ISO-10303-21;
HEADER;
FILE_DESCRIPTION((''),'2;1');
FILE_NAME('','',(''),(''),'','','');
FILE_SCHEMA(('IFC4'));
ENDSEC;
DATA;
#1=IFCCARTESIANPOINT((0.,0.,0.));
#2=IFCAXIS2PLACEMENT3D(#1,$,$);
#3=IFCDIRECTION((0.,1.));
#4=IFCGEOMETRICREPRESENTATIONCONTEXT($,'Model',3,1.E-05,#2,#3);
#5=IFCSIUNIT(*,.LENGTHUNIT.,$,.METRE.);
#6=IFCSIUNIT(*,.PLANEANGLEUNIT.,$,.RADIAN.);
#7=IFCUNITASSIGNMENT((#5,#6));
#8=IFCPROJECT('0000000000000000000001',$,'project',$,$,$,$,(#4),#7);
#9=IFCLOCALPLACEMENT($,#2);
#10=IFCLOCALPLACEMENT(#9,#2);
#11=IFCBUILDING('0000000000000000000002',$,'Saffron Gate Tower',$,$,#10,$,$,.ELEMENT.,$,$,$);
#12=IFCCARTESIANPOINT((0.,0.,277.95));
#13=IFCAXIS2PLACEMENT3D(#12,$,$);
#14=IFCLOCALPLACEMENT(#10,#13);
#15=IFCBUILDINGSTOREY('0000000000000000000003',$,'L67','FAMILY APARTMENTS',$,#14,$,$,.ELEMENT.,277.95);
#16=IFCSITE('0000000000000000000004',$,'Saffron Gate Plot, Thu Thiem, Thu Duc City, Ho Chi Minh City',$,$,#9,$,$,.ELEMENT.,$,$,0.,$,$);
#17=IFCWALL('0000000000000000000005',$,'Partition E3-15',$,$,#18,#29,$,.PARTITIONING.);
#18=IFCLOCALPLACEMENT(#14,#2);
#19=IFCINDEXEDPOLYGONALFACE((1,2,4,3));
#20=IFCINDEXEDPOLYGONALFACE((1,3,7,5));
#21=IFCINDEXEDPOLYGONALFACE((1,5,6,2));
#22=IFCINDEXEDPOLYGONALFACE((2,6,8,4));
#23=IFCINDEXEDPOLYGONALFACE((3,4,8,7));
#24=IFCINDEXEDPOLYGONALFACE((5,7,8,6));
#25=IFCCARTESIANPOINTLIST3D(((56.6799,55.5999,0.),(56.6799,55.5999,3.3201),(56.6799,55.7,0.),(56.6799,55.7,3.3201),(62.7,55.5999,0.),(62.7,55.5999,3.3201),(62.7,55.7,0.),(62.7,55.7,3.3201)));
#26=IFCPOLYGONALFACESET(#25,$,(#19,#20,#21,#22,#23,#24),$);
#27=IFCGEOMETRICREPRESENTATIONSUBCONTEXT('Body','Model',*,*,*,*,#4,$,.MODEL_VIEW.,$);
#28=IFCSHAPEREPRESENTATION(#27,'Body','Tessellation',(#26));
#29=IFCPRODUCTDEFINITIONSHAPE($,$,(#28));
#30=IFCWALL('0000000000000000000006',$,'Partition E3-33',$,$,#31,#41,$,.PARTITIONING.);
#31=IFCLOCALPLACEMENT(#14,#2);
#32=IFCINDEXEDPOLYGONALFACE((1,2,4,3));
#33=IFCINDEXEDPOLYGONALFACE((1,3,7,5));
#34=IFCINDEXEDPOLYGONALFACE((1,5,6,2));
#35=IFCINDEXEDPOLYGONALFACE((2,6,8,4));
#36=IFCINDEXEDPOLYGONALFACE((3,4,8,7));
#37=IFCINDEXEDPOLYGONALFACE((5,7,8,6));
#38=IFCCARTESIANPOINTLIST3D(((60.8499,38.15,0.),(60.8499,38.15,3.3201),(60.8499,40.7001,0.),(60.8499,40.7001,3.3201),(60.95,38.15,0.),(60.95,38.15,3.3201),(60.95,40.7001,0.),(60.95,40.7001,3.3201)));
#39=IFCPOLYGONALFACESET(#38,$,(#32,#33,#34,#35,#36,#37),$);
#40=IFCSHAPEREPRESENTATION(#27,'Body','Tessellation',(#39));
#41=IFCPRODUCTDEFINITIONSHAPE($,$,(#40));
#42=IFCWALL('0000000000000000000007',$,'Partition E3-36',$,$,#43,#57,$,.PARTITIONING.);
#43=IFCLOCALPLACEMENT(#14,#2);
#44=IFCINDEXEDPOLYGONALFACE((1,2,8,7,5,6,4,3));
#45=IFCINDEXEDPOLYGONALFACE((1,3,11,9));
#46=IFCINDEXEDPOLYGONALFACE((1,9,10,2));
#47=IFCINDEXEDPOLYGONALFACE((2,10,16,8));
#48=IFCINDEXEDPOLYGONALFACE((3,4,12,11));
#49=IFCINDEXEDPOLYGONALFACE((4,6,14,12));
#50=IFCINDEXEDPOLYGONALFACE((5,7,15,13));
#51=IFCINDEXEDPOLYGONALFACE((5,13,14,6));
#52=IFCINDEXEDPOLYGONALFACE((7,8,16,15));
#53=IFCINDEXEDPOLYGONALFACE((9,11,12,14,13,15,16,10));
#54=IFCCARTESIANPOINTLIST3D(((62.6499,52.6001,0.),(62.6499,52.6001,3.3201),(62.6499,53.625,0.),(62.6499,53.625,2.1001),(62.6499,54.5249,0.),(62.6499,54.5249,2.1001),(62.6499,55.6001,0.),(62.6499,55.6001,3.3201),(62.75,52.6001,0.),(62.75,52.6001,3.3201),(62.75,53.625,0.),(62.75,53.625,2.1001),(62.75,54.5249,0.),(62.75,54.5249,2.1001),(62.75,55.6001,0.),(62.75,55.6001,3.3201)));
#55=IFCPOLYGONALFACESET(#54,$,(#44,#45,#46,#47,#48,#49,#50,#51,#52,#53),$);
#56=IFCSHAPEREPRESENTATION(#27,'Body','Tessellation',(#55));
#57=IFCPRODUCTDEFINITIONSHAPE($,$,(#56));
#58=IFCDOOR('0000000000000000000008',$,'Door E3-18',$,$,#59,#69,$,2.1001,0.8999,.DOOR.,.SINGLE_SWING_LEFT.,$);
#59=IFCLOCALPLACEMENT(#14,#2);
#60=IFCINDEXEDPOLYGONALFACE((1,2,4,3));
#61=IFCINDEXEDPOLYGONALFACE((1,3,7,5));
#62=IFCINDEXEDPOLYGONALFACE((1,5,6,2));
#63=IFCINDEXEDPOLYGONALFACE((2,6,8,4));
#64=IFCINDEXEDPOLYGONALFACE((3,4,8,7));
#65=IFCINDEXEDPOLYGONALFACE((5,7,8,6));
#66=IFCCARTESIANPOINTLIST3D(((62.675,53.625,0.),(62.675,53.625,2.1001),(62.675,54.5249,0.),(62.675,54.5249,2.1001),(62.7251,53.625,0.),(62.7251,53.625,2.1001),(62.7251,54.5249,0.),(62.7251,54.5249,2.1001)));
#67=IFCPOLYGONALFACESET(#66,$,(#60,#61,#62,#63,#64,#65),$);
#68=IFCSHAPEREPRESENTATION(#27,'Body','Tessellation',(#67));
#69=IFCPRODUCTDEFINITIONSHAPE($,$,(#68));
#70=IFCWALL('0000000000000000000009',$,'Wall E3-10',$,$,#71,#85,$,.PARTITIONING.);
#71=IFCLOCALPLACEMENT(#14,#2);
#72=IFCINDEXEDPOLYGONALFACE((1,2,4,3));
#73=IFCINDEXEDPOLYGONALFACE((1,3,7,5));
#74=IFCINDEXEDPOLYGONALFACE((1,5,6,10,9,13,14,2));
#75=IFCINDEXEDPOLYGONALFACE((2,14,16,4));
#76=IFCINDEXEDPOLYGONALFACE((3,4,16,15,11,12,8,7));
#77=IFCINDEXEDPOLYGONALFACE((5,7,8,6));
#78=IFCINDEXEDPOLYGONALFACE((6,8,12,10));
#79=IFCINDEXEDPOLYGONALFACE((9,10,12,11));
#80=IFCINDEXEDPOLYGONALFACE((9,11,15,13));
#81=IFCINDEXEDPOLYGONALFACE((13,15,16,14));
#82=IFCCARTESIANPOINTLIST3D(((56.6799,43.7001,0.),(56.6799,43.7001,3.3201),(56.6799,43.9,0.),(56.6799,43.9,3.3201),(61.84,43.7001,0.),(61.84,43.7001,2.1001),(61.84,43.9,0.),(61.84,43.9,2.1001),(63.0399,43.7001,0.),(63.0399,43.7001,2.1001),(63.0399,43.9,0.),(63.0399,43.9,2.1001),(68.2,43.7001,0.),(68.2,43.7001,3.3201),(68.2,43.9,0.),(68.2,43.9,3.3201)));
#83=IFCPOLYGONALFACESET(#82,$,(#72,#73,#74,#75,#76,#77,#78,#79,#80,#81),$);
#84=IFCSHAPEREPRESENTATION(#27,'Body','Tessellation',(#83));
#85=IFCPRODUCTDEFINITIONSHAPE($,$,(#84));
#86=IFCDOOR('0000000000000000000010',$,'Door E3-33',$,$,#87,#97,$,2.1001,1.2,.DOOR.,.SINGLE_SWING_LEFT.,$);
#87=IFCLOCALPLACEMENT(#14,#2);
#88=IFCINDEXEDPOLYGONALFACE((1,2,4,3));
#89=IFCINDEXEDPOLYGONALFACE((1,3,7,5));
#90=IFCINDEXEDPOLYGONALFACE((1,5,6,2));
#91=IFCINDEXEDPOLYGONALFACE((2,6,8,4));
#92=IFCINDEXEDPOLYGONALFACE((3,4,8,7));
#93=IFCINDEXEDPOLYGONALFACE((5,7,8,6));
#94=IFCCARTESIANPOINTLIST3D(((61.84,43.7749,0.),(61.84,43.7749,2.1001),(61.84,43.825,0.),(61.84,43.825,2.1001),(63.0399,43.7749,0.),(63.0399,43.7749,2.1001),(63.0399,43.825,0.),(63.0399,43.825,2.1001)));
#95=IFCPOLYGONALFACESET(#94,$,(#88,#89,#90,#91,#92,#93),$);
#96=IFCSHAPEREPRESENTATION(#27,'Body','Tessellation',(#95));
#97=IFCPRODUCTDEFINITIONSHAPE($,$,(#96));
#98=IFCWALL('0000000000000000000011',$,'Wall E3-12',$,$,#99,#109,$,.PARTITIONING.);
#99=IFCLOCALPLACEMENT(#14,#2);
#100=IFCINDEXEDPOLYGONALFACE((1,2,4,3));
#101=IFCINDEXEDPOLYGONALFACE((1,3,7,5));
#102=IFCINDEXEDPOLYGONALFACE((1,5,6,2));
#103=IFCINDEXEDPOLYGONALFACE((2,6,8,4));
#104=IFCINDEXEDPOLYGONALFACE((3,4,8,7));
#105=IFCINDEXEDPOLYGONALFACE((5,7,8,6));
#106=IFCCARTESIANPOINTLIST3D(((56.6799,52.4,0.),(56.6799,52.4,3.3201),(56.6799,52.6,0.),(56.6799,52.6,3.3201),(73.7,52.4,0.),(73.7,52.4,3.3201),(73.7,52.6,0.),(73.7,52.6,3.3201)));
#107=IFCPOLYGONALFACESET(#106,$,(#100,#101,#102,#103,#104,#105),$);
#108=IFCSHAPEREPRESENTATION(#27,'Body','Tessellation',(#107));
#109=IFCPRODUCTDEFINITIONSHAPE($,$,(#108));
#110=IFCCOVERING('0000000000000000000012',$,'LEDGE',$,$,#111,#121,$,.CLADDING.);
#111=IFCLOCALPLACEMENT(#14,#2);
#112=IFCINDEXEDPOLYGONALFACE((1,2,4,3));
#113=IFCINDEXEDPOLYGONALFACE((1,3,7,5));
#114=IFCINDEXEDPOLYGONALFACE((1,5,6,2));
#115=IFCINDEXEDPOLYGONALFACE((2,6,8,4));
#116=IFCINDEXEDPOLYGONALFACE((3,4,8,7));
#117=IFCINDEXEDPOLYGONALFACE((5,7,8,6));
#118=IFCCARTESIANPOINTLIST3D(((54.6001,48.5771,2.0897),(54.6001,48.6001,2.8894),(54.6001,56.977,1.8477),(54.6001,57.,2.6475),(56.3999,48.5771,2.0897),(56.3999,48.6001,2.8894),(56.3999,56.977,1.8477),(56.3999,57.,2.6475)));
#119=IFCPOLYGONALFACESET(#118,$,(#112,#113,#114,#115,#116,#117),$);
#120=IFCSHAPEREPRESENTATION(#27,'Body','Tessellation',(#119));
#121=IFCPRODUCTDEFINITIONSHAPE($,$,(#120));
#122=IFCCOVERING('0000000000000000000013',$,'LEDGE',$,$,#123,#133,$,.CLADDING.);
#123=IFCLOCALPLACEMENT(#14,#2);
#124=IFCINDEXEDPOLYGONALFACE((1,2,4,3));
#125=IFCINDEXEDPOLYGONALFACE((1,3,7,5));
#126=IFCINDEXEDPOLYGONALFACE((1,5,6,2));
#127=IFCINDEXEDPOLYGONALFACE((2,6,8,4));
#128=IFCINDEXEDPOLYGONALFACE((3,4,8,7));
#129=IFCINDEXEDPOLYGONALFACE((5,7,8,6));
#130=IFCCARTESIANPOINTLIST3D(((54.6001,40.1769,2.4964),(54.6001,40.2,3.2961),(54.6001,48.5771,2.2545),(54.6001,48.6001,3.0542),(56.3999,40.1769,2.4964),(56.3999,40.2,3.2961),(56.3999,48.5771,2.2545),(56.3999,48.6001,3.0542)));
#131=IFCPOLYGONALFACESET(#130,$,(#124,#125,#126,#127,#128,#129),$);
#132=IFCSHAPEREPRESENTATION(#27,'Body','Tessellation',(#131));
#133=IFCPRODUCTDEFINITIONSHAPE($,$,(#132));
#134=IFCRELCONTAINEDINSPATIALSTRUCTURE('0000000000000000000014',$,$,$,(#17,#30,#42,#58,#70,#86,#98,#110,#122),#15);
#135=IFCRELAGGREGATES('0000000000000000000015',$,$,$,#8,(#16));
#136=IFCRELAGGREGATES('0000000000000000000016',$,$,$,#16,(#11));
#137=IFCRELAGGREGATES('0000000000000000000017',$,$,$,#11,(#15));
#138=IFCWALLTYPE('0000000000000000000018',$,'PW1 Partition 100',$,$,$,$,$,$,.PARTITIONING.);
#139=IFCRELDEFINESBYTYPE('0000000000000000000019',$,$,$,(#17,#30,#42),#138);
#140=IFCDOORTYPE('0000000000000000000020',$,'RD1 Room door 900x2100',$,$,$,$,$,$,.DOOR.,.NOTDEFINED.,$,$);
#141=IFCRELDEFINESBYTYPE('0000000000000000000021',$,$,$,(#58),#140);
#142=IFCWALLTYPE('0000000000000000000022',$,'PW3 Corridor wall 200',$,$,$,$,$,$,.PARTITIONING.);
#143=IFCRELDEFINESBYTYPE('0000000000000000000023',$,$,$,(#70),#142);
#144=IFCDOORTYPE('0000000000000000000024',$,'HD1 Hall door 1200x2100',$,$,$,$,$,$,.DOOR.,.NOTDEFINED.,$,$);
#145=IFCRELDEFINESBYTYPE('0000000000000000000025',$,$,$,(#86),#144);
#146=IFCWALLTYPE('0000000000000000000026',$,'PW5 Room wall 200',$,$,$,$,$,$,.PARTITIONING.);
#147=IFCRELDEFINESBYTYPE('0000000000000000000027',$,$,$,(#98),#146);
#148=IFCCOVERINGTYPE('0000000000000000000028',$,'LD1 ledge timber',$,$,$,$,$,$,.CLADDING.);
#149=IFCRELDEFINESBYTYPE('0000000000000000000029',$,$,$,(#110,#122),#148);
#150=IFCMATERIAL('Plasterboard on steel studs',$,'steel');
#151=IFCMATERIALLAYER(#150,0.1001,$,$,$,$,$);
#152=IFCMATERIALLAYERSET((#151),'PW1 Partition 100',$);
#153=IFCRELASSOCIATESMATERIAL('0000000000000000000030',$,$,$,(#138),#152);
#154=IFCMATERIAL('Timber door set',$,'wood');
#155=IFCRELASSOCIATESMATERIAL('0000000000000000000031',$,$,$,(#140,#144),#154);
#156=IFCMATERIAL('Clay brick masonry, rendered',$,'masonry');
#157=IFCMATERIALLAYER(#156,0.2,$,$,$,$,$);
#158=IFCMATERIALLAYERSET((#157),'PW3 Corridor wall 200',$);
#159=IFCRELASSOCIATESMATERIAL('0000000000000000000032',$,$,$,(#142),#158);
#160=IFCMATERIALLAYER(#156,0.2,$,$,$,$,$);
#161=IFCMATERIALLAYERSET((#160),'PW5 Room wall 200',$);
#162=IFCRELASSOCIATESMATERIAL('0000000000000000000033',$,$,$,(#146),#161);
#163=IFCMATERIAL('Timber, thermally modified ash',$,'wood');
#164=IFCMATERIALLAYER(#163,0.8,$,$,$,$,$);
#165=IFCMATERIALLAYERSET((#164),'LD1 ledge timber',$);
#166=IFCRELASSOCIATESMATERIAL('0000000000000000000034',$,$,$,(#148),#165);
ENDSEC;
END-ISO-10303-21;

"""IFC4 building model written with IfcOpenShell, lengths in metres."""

from ifc_helpers import new_model, si_unit, direction, frame, frame_2d, origin, place, context, subcontext, project, spatial, polyline, rectangle, outline, extrude, material, layer, layer_set, type_object, element, fill, save


model = new_model("IFC4")

# Units and contexts
model_context = context("Model", 3, precision=1e-05, world=origin(), true_north=direction((0.0, 1.0)))
body_context = subcontext(model_context, "Body", "Model", "MODEL_VIEW")
ifc_project = project(units=[si_unit("LENGTHUNIT", "METRE"), si_unit("PLANEANGLEUNIT", "RADIAN")], contexts=[model_context])

# Site, building, storey
site_placement = place(None, origin())
site = spatial("IfcSite", under=ifc_project, at=site_placement, Name="Saffron Gate Plot, Thu Thiem, Thu Duc City, Ho Chi Minh City", CompositionType="ELEMENT", RefElevation=0.0)
building_placement = place(site_placement, origin())
building = spatial("IfcBuilding", under=site, at=building_placement, Name="Saffron Gate Tower", CompositionType="ELEMENT")
storey_placement = place(building_placement, frame((0.0, 0.0, 277.95)))
storey = spatial("IfcBuildingStorey", under=building, at=storey_placement, Name="L67", Description="FAMILY APARTMENTS", CompositionType="ELEMENT", Elevation=277.95)

# Shared definitions
ifc_material_1 = material(Name="Plasterboard on steel studs", Category="steel")
ifc_layer_1 = layer(ifc_material_1, 0.1001)
ifc_layer_set_1 = layer_set([ifc_layer_1], Name="PW1 Partition 100")
wall_type_1 = type_object("IfcWallType", Name="PW1 Partition 100", PredefinedType="PARTITIONING", material=ifc_layer_set_1)
ifc_material_2 = material(Name="Timber door set", Category="wood")

# Walls
wall_1_placement = place(storey_placement, frame((56.6799, 55.6499, 0.0), z_axis=(0.0, 0.0, 1.0), x_axis=(1.0, 0.0, 0.0)))
element("IfcWall", 1, at=wall_1_placement, inside=storey, type_object=wall_type_1, Name="Partition E3-15", PredefinedType="PARTITIONING", context=body_context, shape_type="SweptSolid", body=[
    extrude(rectangle(XDim=6.02, YDim=0.1001, at=frame_2d((3.01, 0.0))), origin(), (0.0, 0.0, 1.0), 3.3201),
])
wall_2_placement = place(storey_placement, frame((60.8999, 40.7, 0.0), z_axis=(0.0, 0.0, 1.0), x_axis=(0.0, -1.0, 0.0)))
element("IfcWall", 2, at=wall_2_placement, inside=storey, type_object=wall_type_1, Name="Partition E3-33", PredefinedType="PARTITIONING", context=body_context, shape_type="SweptSolid", body=[
    extrude(rectangle(XDim=2.55, YDim=0.1001, at=frame_2d((1.2749, 0.0))), origin(), (0.0, 0.0, 1.0), 3.3201),
])

# Walls, openings, doors
wall_3_placement = place(storey_placement, frame((62.7, 52.6001, 0.0), z_axis=(0.0, 0.0, 1.0), x_axis=(0.0, 1.0, 0.0)))
wall_3 = element("IfcWall", 3, at=wall_3_placement, inside=storey, type_object=wall_type_1, Name="Partition E3-36", PredefinedType="PARTITIONING", context=body_context, shape_type="SweptSolid", body=[
    extrude(rectangle(XDim=3.0, YDim=0.1001, at=frame_2d((1.5, 0.0))), origin(), (0.0, 0.0, 1.0), 3.3201),
])
opening_1_placement = place(wall_3_placement, frame((1.0249, 0.0, 0.0)))
opening_1 = element("IfcOpeningElement", 4, at=opening_1_placement, cuts=wall_3, PredefinedType="OPENING", context=body_context, shape_type="SweptSolid", body=[
    extrude(rectangle(XDim=0.8999, YDim=2.1001, at=frame_2d((0.45, 1.05))), frame((0.0, 0.0601, 0.0), z_axis=(0.0, -1.0, 0.0), x_axis=(1.0, 0.0, 0.0)), (0.0, 0.0, 1.0), 0.1201),
])
door_type_1 = type_object("IfcDoorType", Name="RD1 Room door 900x2100", OperationType="NOTDEFINED", PredefinedType="DOOR", material=ifc_material_2)
door_1_placement = place(opening_1_placement, origin())
door_1 = element("IfcDoor", 5, at=door_1_placement, inside=storey, type_object=door_type_1, Name="Door E3-18", OperationType="SINGLE_SWING_LEFT", OverallHeight=2.1001, OverallWidth=0.8999, PredefinedType="DOOR", context=body_context, shape_type="SweptSolid", body=[
    extrude(rectangle(XDim=0.8999, YDim=2.1001, at=frame_2d((0.45, 1.05))), frame((0.0, 0.0249, 0.0), z_axis=(0.0, -1.0, 0.0), x_axis=(1.0, 0.0, 0.0)), (0.0, 0.0, 1.0), 0.05),
])
fill(opening_1, door_1)
ifc_material_3 = material(Name="Clay brick masonry, rendered", Category="masonry")
ifc_layer_2 = layer(ifc_material_3, 0.2)
ifc_layer_set_2 = layer_set([ifc_layer_2], Name="PW3 Corridor wall 200")
wall_type_2 = type_object("IfcWallType", Name="PW3 Corridor wall 200", PredefinedType="PARTITIONING", material=ifc_layer_set_2)
wall_4_placement = place(storey_placement, frame((56.6799, 43.8, 0.0), z_axis=(0.0, 0.0, 1.0), x_axis=(1.0, 0.0, 0.0)))
wall_4 = element("IfcWall", 6, at=wall_4_placement, inside=storey, type_object=wall_type_2, Name="Wall E3-10", PredefinedType="PARTITIONING", context=body_context, shape_type="SweptSolid", body=[
    extrude(rectangle(XDim=11.52, YDim=0.2, at=frame_2d((5.76, 0.0))), origin(), (0.0, 0.0, 1.0), 3.3201),
])
opening_2_placement = place(wall_4_placement, frame((5.1599, 0.0, 0.0)))
opening_2 = element("IfcOpeningElement", 7, at=opening_2_placement, cuts=wall_4, PredefinedType="OPENING", context=body_context, shape_type="SweptSolid", body=[
    extrude(rectangle(XDim=1.2, YDim=2.1001, at=frame_2d((0.6001, 1.05))), frame((0.0, 0.1099, 0.0), z_axis=(0.0, -1.0, 0.0), x_axis=(1.0, 0.0, 0.0)), (0.0, 0.0, 1.0), 0.22),
])
door_type_2 = type_object("IfcDoorType", Name="HD1 Hall door 1200x2100", OperationType="NOTDEFINED", PredefinedType="DOOR", material=ifc_material_2)
door_2_placement = place(opening_2_placement, origin())
door_2 = element("IfcDoor", 8, at=door_2_placement, inside=storey, type_object=door_type_2, Name="Door E3-33", OperationType="SINGLE_SWING_LEFT", OverallHeight=2.1001, OverallWidth=1.2, PredefinedType="DOOR", context=body_context, shape_type="SweptSolid", body=[
    extrude(rectangle(XDim=1.2, YDim=2.1001, at=frame_2d((0.6001, 1.05))), frame((0.0, 0.0249, 0.0), z_axis=(0.0, -1.0, 0.0), x_axis=(1.0, 0.0, 0.0)), (0.0, 0.0, 1.0), 0.05),
])
fill(opening_2, door_2)

# Wall
ifc_layer_3 = layer(ifc_material_3, 0.2)
ifc_layer_set_3 = layer_set([ifc_layer_3], Name="PW5 Room wall 200")
wall_type_3 = type_object("IfcWallType", Name="PW5 Room wall 200", PredefinedType="PARTITIONING", material=ifc_layer_set_3)
wall_5_placement = place(storey_placement, frame((56.6799, 52.5, 0.0), z_axis=(0.0, 0.0, 1.0), x_axis=(1.0, 0.0, 0.0)))
element("IfcWall", 9, at=wall_5_placement, inside=storey, type_object=wall_type_3, Name="Wall E3-12", PredefinedType="PARTITIONING", context=body_context, shape_type="SweptSolid", body=[
    extrude(rectangle(XDim=17.02, YDim=0.2, at=frame_2d((8.51, 0.0))), origin(), (0.0, 0.0, 1.0), 3.3201),
])

# Coverings
ifc_material_4 = material(Name="Timber, thermally modified ash", Category="wood")
ifc_layer_4 = layer(ifc_material_4, 0.8)
ifc_layer_set_4 = layer_set([ifc_layer_4], Name="LD1 ledge timber")
covering_type = type_object("IfcCoveringType", Name="LD1 ledge timber", PredefinedType="CLADDING", material=ifc_layer_set_4)
covering_1_placement = place(storey_placement, frame((56.3999, 57.0, 2.6475), z_axis=(0.0, 0.028791, 0.999585), x_axis=(0.0, -0.999585, 0.028791)))
element("IfcCovering", 10, at=covering_1_placement, inside=storey, type_object=covering_type, Name="LEDGE", PredefinedType="CLADDING", context=body_context, shape_type="SweptSolid", body=[
    extrude(outline(polyline([(0.0, 0.0), (8.4034, 0.0), (8.4034, -1.7998), (0.0, -1.7998), (0.0, 0.0)])), origin(), (0.0, 0.0, -1.0), 0.8),
])
covering_2_placement = place(storey_placement, frame((56.3999, 48.6001, 3.0542), z_axis=(0.0, 0.02879, 0.999585), x_axis=(0.0, -0.999585, 0.02879)))
element("IfcCovering", 11, at=covering_2_placement, inside=storey, type_object=covering_type, Name="LEDGE", PredefinedType="CLADDING", context=body_context, shape_type="SweptSolid", body=[
    extrude(outline(polyline([(0.0, 0.0), (8.4036, 0.0), (8.4036, -1.7998), (0.0, -1.7998), (0.0, 0.0)])), origin(), (0.0, 0.0, -1.0), 0.8),
])

save(model, "model.ifc")
